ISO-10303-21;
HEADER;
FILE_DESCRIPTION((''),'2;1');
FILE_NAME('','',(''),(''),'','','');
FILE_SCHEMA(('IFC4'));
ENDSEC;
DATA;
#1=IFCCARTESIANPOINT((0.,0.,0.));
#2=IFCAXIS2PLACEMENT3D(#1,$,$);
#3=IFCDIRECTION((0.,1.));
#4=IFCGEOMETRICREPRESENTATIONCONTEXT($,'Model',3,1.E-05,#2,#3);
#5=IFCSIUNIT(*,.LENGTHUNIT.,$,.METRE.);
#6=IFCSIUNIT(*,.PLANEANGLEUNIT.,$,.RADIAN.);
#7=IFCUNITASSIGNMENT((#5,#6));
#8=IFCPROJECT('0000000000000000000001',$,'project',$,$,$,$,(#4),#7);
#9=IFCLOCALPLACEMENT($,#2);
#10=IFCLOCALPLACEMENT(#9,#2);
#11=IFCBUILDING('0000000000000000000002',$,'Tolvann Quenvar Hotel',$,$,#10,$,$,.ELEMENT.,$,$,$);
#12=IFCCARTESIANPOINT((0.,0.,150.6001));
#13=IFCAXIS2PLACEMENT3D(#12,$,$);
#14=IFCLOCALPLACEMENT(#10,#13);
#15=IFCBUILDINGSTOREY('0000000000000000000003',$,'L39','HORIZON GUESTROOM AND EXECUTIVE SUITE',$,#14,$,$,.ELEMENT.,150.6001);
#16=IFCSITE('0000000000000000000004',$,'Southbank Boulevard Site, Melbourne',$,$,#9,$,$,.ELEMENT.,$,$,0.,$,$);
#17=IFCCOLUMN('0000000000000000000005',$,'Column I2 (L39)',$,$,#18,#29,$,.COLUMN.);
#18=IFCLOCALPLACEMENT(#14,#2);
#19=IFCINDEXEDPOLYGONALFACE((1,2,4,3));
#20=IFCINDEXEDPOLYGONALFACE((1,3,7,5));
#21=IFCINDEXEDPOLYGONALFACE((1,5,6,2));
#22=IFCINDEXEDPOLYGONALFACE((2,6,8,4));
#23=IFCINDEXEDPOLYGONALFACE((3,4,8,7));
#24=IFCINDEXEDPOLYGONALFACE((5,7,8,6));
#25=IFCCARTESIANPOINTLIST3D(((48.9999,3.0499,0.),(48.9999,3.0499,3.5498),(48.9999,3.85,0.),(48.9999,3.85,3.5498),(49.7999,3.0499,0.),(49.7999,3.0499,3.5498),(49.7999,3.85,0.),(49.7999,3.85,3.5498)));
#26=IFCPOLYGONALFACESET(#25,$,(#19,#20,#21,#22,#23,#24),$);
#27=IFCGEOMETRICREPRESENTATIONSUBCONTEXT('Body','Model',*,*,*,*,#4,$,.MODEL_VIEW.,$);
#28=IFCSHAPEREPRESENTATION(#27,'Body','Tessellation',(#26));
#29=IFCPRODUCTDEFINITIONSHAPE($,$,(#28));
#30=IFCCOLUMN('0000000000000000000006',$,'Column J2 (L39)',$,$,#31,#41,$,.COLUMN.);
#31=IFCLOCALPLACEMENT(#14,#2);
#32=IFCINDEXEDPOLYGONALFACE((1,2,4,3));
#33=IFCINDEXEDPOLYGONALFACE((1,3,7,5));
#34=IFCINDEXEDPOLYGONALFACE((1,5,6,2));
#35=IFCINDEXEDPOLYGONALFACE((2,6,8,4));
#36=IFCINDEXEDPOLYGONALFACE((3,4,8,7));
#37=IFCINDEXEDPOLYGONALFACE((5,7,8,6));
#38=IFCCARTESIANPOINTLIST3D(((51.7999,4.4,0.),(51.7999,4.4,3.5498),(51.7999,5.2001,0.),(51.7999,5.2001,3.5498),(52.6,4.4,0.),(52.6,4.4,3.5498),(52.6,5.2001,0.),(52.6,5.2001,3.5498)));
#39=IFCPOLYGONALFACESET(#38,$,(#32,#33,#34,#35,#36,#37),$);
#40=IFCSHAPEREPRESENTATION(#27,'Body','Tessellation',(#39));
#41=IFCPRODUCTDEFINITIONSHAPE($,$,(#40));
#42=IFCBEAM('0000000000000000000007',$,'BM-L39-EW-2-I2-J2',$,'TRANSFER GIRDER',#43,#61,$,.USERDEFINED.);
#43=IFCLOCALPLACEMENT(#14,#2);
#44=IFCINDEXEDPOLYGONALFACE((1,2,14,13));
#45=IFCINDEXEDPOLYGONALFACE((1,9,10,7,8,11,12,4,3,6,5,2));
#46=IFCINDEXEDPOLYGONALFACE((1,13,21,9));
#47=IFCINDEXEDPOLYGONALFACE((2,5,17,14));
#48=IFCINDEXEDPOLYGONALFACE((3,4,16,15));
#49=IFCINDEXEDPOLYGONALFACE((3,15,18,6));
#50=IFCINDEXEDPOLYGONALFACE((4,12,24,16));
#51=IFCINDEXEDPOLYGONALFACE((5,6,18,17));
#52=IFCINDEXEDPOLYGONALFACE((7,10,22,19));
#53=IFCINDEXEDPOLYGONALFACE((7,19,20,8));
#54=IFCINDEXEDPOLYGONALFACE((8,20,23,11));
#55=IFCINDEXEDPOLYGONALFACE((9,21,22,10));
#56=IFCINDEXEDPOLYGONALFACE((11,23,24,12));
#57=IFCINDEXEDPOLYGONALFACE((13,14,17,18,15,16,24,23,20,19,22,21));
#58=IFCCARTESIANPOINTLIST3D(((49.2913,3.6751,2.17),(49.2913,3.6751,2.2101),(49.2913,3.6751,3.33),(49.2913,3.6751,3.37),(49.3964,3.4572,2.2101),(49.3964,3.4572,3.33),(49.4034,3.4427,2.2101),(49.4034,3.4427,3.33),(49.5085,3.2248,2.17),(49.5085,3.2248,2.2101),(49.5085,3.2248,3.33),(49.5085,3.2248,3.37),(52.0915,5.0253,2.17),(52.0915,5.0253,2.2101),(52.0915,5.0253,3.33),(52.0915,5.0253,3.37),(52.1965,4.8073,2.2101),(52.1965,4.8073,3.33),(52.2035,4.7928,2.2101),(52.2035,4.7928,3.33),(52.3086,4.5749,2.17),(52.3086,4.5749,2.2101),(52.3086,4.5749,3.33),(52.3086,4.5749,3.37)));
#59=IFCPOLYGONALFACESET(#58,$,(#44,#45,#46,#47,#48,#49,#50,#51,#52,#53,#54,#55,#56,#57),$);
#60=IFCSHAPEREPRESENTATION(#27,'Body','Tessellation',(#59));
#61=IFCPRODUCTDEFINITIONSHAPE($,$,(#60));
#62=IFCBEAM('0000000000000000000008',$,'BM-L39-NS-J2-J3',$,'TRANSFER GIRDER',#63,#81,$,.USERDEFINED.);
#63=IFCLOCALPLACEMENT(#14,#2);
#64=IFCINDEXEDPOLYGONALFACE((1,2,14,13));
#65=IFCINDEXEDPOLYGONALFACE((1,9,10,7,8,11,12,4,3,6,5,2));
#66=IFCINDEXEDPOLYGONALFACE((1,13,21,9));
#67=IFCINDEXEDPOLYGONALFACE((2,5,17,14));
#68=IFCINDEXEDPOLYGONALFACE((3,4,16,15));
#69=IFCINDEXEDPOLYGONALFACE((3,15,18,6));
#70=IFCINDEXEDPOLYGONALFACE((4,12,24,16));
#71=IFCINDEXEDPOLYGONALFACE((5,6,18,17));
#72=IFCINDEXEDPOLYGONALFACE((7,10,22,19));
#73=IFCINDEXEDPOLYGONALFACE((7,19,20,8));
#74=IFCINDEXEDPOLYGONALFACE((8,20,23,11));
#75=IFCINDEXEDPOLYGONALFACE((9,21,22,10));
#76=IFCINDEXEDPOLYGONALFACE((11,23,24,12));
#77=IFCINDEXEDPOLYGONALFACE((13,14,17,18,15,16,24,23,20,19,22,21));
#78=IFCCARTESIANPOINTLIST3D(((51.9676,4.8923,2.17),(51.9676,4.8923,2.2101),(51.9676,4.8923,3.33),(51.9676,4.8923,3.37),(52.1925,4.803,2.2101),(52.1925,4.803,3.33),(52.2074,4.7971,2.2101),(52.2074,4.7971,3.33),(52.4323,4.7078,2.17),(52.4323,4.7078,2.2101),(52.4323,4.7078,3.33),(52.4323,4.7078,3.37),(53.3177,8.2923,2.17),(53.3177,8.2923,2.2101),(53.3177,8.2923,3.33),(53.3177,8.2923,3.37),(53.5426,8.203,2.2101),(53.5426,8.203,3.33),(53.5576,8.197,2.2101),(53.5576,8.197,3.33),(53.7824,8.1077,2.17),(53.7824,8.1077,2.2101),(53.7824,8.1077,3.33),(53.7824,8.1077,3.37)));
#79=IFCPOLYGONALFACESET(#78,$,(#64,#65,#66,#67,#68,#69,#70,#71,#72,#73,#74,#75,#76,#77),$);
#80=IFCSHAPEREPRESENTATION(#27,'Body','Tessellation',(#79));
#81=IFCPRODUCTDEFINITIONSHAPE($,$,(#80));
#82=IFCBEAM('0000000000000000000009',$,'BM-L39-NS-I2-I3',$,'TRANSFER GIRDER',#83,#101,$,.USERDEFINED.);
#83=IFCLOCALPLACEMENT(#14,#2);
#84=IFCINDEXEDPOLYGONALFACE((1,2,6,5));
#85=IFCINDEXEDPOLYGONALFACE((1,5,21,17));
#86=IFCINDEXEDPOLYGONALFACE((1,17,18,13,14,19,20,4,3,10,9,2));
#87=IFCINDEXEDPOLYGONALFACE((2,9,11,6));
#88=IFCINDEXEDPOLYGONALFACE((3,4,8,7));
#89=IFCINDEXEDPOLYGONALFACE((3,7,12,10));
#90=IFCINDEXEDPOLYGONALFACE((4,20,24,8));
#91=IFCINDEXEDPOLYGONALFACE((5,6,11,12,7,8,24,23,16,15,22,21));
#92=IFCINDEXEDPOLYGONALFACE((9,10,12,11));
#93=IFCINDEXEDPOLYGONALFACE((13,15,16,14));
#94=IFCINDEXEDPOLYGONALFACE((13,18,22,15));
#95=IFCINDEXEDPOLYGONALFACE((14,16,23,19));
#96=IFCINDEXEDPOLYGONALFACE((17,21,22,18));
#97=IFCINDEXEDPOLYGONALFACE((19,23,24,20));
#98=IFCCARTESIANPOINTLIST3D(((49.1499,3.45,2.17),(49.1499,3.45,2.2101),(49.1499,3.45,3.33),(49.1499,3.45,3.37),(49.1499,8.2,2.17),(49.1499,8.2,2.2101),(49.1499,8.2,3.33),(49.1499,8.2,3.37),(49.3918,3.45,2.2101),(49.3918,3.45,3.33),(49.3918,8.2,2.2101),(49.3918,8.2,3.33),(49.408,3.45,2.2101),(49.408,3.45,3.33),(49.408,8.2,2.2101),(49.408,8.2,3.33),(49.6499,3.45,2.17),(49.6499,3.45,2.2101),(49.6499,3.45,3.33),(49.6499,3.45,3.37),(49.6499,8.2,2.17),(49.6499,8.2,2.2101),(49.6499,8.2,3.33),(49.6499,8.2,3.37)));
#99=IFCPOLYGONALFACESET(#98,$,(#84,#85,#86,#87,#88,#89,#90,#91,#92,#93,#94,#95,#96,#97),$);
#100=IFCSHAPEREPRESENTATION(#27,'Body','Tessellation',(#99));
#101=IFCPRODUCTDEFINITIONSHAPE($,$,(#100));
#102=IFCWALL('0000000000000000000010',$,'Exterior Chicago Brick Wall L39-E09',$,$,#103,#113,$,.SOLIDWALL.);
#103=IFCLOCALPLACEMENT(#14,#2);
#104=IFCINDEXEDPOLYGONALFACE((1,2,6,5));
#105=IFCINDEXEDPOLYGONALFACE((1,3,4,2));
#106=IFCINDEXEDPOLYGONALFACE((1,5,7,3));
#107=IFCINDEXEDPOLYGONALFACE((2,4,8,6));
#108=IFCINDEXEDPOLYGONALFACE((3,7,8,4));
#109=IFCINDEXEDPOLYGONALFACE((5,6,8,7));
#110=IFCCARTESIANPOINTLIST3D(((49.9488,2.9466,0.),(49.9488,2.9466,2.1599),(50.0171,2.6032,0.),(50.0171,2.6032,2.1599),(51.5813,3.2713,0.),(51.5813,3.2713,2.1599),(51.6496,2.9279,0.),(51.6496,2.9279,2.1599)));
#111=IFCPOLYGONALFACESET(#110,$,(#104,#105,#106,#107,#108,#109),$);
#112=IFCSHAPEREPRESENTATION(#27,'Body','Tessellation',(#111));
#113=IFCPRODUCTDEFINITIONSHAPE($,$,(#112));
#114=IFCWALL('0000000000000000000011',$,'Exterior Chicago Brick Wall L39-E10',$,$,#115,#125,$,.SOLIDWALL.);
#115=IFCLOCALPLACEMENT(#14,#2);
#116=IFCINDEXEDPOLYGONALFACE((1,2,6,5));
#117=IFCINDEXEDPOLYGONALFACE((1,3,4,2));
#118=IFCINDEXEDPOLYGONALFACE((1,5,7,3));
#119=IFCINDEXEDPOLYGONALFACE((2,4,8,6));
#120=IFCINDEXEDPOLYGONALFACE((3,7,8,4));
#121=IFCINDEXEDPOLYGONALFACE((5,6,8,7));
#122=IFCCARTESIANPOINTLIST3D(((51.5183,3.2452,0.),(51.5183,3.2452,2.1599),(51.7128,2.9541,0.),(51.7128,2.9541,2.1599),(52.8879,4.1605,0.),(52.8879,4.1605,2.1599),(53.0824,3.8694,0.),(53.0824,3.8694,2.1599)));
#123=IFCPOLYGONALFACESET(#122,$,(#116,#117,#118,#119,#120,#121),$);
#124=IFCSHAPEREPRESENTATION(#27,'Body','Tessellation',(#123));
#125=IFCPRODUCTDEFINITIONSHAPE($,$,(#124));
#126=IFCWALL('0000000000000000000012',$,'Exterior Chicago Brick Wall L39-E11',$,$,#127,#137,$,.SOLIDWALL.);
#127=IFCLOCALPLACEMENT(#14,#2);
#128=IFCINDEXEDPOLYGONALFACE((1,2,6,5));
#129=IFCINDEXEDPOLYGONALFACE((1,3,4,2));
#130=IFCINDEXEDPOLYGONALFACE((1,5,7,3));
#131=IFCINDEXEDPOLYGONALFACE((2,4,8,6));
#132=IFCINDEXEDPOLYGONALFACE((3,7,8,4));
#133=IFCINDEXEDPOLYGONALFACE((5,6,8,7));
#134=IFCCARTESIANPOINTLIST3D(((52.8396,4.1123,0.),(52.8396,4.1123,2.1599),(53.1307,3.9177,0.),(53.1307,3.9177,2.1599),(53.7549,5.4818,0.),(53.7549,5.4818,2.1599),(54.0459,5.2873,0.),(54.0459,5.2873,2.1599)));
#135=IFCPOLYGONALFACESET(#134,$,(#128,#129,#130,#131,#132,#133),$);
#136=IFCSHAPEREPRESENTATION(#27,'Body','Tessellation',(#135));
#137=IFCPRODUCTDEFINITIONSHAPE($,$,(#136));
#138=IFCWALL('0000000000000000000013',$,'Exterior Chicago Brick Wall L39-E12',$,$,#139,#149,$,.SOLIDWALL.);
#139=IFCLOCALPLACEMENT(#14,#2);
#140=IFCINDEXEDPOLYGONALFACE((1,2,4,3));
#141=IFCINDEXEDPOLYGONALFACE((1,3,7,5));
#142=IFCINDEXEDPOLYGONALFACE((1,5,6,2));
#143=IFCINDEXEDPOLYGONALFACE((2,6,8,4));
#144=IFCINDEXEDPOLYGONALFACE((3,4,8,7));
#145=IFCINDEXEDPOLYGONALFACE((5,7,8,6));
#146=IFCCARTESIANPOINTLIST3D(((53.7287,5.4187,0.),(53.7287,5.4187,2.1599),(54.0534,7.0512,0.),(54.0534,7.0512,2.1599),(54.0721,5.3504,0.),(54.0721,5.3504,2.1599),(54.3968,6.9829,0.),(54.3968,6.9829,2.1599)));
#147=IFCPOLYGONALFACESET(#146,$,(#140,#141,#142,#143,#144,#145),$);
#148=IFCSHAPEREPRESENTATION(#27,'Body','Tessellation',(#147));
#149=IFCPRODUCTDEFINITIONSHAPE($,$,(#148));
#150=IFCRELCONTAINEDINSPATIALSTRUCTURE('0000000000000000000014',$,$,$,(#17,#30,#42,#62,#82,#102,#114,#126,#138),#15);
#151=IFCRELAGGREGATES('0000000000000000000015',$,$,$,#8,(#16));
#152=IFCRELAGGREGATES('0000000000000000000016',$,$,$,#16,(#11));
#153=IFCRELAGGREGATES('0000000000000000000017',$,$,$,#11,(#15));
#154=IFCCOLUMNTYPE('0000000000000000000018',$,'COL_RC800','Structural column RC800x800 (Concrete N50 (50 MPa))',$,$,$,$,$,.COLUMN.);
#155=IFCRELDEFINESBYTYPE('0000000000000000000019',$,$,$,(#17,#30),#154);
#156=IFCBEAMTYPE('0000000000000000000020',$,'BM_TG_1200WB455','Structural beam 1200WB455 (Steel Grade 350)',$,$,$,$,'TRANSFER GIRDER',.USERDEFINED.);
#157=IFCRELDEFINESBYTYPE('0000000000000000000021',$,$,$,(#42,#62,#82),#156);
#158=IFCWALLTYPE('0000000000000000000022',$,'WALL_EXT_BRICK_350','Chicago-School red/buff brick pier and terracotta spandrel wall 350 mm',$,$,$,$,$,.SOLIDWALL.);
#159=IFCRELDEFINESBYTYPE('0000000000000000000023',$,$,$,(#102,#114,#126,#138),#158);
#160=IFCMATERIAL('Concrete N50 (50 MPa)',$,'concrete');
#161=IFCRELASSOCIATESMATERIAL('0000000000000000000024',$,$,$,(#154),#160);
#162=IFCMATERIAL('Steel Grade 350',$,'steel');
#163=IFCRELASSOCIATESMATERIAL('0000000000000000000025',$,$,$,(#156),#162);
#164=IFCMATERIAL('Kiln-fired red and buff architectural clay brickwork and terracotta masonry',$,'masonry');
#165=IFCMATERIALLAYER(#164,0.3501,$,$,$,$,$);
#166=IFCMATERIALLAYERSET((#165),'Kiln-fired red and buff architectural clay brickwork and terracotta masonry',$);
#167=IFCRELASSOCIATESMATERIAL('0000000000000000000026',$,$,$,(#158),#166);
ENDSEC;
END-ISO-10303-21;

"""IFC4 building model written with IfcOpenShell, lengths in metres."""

from ifc_helpers import new_model, si_unit, direction, frame, frame_2d, origin, origin_2d, place, context, subcontext, project, spatial, rectangle, i_section, extrude, source, transform, mapped, material, layer, layer_set, material_profile, profile_set, type_object, type_shapes, element, save


model = new_model("IFC4")

# Units and contexts
model_context = context("Model", 3, precision=1e-05, world=origin(), true_north=direction((0.0, 1.0)))
body_context = subcontext(model_context, "Body", "Model", "MODEL_VIEW")
ifc_project = project(units=[si_unit("LENGTHUNIT", "METRE"), si_unit("PLANEANGLEUNIT", "RADIAN")], contexts=[model_context])

# Site, building, storey
site_placement = place(None, origin())
site = spatial("IfcSite", under=ifc_project, at=site_placement, Name="Southbank Boulevard Site, Melbourne", CompositionType="ELEMENT", RefElevation=0.0)
building_placement = place(site_placement, origin())
building = spatial("IfcBuilding", under=site, at=building_placement, Name="Tolvann Quenvar Hotel", CompositionType="ELEMENT")
storey_placement = place(building_placement, frame((0.0, 0.0, 150.6001)))
storey = spatial("IfcBuildingStorey", under=building, at=storey_placement, Name="L39", Description="HORIZON GUESTROOM AND EXECUTIVE SUITE", CompositionType="ELEMENT", Elevation=150.6001)

# Columns
ifc_material_1 = material(Name="Concrete N50 (50 MPa)", Category="concrete")
ifc_material_profile_1 = material_profile(ifc_material_1, rectangle(XDim=0.8, YDim=0.8, at=origin_2d()), Name="RC800x800")
ifc_profile_set_1 = profile_set([ifc_material_profile_1], Name="Concrete N50 (50 MPa)")
column_type = type_object("IfcColumnType", Name="COL_RC800", Description="Structural column RC800x800 (Concrete N50 (50 MPa))", PredefinedType="COLUMN", material=ifc_profile_set_1)
shared_shape_1 = source(origin(), body_context, "Body", "SweptSolid", [
    extrude(rectangle(XDim=0.8, YDim=0.8, at=origin_2d()), origin(), (0.0, 0.0, 1.0), 3.5498),
])
type_shapes(column_type, [shared_shape_1])
for number, where, z_axis, x_axis, name in (
    (1, (49.3999, 3.45, 0.0), (0.0, 0.0, 1.0), (1.0, 0.0, 0.0), "Column I2 (L39)"),
    (2, (52.2, 4.8, 0.0), (0.0, 0.0, 1.0), (1.0, 0.0, 0.0), "Column J2 (L39)"),
):
    element("IfcColumn", number, at=place(storey_placement, frame(where, z_axis=z_axis, x_axis=x_axis)), inside=storey, type_object=column_type, Name=name, PredefinedType="COLUMN", context=body_context, shape_type="MappedRepresentation", body=[
        mapped(shared_shape_1, transform((0.0, 0.0, 0.0), x_axis=(1.0, 0.0, 0.0), y_axis=(0.0, 1.0, 0.0), z_axis=(0.0, 0.0, 1.0), scale=1.0)),
    ])

# Beams
ifc_material_2 = material(Name="Steel Grade 350", Category="steel")
ifc_material_profile_2 = material_profile(ifc_material_2, i_section(OverallWidth=0.5, OverallDepth=1.2, WebThickness=0.0161, FlangeThickness=0.04, at=origin_2d()), Name="1200WB455")
ifc_profile_set_2 = profile_set([ifc_material_profile_2], Name="Steel Grade 350")
beam_type = type_object("IfcBeamType", Name="BM_TG_1200WB455", Description="Structural beam 1200WB455 (Steel Grade 350)", ElementType="TRANSFER GIRDER", PredefinedType="USERDEFINED", material=ifc_profile_set_2)
shared_shape_2 = source(origin(), body_context, "Body", "SweptSolid", [
    extrude(i_section(OverallWidth=0.5, OverallDepth=1.2, WebThickness=0.0161, FlangeThickness=0.04, at=origin_2d()), origin(), (0.0, 0.0, 1.0), 3.1086),
])
beam_1_placement = place(storey_placement, frame((49.3999, 3.45, 2.77), z_axis=(0.900759, 0.434319, 0.0), x_axis=(-0.434319, 0.900759, 0.0)))
element("IfcBeam", 3, at=beam_1_placement, inside=storey, type_object=beam_type, Name="BM-L39-EW-2-I2-J2", ObjectType="TRANSFER GIRDER", PredefinedType="USERDEFINED", context=body_context, shape_type="MappedRepresentation", body=[
    mapped(shared_shape_2, transform((0.0, 0.0, 0.0), x_axis=(1.0, 0.0, 0.0), y_axis=(0.0, 1.0, 0.0), z_axis=(0.0, 0.0, 1.0), scale=1.0)),
])
shared_shape_3 = source(origin(), body_context, "Body", "SweptSolid", [
    extrude(i_section(OverallWidth=0.5, OverallDepth=1.2, WebThickness=0.0161, FlangeThickness=0.04, at=origin_2d()), origin(), (0.0, 0.0, 1.0), 3.6582),
])
beam_2_placement = place(storey_placement, frame((52.2, 4.8, 2.77), z_axis=(0.369065, 0.929404, 0.0), x_axis=(-0.929404, 0.369065, 0.0)))
element("IfcBeam", 4, at=beam_2_placement, inside=storey, type_object=beam_type, Name="BM-L39-NS-J2-J3", ObjectType="TRANSFER GIRDER", PredefinedType="USERDEFINED", context=body_context, shape_type="MappedRepresentation", body=[
    mapped(shared_shape_3, transform((0.0, 0.0, 0.0), x_axis=(1.0, 0.0, 0.0), y_axis=(0.0, 1.0, 0.0), z_axis=(0.0, 0.0, 1.0), scale=1.0)),
])
shared_shape_4 = source(origin(), body_context, "Body", "SweptSolid", [
    extrude(i_section(OverallWidth=0.5, OverallDepth=1.2, WebThickness=0.0161, FlangeThickness=0.04, at=origin_2d()), origin(), (0.0, 0.0, 1.0), 4.75),
])
type_shapes(beam_type, [shared_shape_2, shared_shape_3, shared_shape_4])
beam_3_placement = place(storey_placement, frame((49.3999, 3.45, 2.77), z_axis=(0.0, 1.0, 0.0), x_axis=(-1.0, 0.0, 0.0)))
element("IfcBeam", 5, at=beam_3_placement, inside=storey, type_object=beam_type, Name="BM-L39-NS-I2-I3", ObjectType="TRANSFER GIRDER", PredefinedType="USERDEFINED", context=body_context, shape_type="MappedRepresentation", body=[
    mapped(shared_shape_4, transform((0.0, 0.0, 0.0), x_axis=(1.0, 0.0, 0.0), y_axis=(0.0, 1.0, 0.0), z_axis=(0.0, 0.0, 1.0), scale=1.0)),
])

# Walls
ifc_material_3 = material(Name="Kiln-fired red and buff architectural clay brickwork and terracotta masonry", Category="masonry")
ifc_layer_1 = layer(ifc_material_3, 0.3501)
ifc_layer_set_1 = layer_set([ifc_layer_1], Name="Kiln-fired red and buff architectural clay brickwork and terracotta masonry")
wall_type_1 = type_object("IfcWallType", Name="WALL_EXT_BRICK_350", Description="Chicago-School red/buff brick pier and terracotta spandrel wall 350 mm", PredefinedType="SOLIDWALL", material=ifc_layer_set_1)
wall_1_placement = place(storey_placement, frame((49.9829, 2.7749, 0.0), z_axis=(0.0, 0.0, 1.0), x_axis=(0.980789, 0.195072, 0.0)))
element("IfcWall", 6, at=wall_1_placement, inside=storey, type_object=wall_type_1, Name="Exterior Chicago Brick Wall L39-E09", PredefinedType="SOLIDWALL", context=body_context, shape_type="SweptSolid", body=[
    extrude(rectangle(XDim=1.6646, YDim=0.3501, at=frame_2d((0.8323, 0.0))), origin(), (0.0, 0.0, 1.0), 2.1599),
])
for number, where, z_axis, x_axis, name in (
    (7, (51.6155, 3.0996, 0.0), (0.0, 0.0, 1.0), (0.831434, 0.555623, 0.0), "Exterior Chicago Brick Wall L39-E10"),
    (8, (52.9851, 4.0149, 0.0), (0.0, 0.0, 1.0), (0.555623, 0.831434, 0.0), "Exterior Chicago Brick Wall L39-E11"),
):
    element("IfcWall", number, at=place(storey_placement, frame(where, z_axis=z_axis, x_axis=x_axis)), inside=storey, type_object=wall_type_1, Name=name, PredefinedType="SOLIDWALL", context=body_context, shape_type="SweptSolid", body=[
        extrude(rectangle(XDim=1.6472, YDim=0.3501, at=frame_2d((0.8237, 0.0))), origin(), (0.0, 0.0, 1.0), 2.1599),
    ])
wall_2_placement = place(storey_placement, frame((53.9004, 5.3845, 0.0), z_axis=(0.0, 0.0, 1.0), x_axis=(0.195072, 0.980789, 0.0)))
element("IfcWall", 9, at=wall_2_placement, inside=storey, type_object=wall_type_1, Name="Exterior Chicago Brick Wall L39-E12", PredefinedType="SOLIDWALL", context=body_context, shape_type="SweptSolid", body=[
    extrude(rectangle(XDim=1.6646, YDim=0.3501, at=frame_2d((0.8323, 0.0))), origin(), (0.0, 0.0, 1.0), 2.1599),
])

save(model, "model.ifc")
